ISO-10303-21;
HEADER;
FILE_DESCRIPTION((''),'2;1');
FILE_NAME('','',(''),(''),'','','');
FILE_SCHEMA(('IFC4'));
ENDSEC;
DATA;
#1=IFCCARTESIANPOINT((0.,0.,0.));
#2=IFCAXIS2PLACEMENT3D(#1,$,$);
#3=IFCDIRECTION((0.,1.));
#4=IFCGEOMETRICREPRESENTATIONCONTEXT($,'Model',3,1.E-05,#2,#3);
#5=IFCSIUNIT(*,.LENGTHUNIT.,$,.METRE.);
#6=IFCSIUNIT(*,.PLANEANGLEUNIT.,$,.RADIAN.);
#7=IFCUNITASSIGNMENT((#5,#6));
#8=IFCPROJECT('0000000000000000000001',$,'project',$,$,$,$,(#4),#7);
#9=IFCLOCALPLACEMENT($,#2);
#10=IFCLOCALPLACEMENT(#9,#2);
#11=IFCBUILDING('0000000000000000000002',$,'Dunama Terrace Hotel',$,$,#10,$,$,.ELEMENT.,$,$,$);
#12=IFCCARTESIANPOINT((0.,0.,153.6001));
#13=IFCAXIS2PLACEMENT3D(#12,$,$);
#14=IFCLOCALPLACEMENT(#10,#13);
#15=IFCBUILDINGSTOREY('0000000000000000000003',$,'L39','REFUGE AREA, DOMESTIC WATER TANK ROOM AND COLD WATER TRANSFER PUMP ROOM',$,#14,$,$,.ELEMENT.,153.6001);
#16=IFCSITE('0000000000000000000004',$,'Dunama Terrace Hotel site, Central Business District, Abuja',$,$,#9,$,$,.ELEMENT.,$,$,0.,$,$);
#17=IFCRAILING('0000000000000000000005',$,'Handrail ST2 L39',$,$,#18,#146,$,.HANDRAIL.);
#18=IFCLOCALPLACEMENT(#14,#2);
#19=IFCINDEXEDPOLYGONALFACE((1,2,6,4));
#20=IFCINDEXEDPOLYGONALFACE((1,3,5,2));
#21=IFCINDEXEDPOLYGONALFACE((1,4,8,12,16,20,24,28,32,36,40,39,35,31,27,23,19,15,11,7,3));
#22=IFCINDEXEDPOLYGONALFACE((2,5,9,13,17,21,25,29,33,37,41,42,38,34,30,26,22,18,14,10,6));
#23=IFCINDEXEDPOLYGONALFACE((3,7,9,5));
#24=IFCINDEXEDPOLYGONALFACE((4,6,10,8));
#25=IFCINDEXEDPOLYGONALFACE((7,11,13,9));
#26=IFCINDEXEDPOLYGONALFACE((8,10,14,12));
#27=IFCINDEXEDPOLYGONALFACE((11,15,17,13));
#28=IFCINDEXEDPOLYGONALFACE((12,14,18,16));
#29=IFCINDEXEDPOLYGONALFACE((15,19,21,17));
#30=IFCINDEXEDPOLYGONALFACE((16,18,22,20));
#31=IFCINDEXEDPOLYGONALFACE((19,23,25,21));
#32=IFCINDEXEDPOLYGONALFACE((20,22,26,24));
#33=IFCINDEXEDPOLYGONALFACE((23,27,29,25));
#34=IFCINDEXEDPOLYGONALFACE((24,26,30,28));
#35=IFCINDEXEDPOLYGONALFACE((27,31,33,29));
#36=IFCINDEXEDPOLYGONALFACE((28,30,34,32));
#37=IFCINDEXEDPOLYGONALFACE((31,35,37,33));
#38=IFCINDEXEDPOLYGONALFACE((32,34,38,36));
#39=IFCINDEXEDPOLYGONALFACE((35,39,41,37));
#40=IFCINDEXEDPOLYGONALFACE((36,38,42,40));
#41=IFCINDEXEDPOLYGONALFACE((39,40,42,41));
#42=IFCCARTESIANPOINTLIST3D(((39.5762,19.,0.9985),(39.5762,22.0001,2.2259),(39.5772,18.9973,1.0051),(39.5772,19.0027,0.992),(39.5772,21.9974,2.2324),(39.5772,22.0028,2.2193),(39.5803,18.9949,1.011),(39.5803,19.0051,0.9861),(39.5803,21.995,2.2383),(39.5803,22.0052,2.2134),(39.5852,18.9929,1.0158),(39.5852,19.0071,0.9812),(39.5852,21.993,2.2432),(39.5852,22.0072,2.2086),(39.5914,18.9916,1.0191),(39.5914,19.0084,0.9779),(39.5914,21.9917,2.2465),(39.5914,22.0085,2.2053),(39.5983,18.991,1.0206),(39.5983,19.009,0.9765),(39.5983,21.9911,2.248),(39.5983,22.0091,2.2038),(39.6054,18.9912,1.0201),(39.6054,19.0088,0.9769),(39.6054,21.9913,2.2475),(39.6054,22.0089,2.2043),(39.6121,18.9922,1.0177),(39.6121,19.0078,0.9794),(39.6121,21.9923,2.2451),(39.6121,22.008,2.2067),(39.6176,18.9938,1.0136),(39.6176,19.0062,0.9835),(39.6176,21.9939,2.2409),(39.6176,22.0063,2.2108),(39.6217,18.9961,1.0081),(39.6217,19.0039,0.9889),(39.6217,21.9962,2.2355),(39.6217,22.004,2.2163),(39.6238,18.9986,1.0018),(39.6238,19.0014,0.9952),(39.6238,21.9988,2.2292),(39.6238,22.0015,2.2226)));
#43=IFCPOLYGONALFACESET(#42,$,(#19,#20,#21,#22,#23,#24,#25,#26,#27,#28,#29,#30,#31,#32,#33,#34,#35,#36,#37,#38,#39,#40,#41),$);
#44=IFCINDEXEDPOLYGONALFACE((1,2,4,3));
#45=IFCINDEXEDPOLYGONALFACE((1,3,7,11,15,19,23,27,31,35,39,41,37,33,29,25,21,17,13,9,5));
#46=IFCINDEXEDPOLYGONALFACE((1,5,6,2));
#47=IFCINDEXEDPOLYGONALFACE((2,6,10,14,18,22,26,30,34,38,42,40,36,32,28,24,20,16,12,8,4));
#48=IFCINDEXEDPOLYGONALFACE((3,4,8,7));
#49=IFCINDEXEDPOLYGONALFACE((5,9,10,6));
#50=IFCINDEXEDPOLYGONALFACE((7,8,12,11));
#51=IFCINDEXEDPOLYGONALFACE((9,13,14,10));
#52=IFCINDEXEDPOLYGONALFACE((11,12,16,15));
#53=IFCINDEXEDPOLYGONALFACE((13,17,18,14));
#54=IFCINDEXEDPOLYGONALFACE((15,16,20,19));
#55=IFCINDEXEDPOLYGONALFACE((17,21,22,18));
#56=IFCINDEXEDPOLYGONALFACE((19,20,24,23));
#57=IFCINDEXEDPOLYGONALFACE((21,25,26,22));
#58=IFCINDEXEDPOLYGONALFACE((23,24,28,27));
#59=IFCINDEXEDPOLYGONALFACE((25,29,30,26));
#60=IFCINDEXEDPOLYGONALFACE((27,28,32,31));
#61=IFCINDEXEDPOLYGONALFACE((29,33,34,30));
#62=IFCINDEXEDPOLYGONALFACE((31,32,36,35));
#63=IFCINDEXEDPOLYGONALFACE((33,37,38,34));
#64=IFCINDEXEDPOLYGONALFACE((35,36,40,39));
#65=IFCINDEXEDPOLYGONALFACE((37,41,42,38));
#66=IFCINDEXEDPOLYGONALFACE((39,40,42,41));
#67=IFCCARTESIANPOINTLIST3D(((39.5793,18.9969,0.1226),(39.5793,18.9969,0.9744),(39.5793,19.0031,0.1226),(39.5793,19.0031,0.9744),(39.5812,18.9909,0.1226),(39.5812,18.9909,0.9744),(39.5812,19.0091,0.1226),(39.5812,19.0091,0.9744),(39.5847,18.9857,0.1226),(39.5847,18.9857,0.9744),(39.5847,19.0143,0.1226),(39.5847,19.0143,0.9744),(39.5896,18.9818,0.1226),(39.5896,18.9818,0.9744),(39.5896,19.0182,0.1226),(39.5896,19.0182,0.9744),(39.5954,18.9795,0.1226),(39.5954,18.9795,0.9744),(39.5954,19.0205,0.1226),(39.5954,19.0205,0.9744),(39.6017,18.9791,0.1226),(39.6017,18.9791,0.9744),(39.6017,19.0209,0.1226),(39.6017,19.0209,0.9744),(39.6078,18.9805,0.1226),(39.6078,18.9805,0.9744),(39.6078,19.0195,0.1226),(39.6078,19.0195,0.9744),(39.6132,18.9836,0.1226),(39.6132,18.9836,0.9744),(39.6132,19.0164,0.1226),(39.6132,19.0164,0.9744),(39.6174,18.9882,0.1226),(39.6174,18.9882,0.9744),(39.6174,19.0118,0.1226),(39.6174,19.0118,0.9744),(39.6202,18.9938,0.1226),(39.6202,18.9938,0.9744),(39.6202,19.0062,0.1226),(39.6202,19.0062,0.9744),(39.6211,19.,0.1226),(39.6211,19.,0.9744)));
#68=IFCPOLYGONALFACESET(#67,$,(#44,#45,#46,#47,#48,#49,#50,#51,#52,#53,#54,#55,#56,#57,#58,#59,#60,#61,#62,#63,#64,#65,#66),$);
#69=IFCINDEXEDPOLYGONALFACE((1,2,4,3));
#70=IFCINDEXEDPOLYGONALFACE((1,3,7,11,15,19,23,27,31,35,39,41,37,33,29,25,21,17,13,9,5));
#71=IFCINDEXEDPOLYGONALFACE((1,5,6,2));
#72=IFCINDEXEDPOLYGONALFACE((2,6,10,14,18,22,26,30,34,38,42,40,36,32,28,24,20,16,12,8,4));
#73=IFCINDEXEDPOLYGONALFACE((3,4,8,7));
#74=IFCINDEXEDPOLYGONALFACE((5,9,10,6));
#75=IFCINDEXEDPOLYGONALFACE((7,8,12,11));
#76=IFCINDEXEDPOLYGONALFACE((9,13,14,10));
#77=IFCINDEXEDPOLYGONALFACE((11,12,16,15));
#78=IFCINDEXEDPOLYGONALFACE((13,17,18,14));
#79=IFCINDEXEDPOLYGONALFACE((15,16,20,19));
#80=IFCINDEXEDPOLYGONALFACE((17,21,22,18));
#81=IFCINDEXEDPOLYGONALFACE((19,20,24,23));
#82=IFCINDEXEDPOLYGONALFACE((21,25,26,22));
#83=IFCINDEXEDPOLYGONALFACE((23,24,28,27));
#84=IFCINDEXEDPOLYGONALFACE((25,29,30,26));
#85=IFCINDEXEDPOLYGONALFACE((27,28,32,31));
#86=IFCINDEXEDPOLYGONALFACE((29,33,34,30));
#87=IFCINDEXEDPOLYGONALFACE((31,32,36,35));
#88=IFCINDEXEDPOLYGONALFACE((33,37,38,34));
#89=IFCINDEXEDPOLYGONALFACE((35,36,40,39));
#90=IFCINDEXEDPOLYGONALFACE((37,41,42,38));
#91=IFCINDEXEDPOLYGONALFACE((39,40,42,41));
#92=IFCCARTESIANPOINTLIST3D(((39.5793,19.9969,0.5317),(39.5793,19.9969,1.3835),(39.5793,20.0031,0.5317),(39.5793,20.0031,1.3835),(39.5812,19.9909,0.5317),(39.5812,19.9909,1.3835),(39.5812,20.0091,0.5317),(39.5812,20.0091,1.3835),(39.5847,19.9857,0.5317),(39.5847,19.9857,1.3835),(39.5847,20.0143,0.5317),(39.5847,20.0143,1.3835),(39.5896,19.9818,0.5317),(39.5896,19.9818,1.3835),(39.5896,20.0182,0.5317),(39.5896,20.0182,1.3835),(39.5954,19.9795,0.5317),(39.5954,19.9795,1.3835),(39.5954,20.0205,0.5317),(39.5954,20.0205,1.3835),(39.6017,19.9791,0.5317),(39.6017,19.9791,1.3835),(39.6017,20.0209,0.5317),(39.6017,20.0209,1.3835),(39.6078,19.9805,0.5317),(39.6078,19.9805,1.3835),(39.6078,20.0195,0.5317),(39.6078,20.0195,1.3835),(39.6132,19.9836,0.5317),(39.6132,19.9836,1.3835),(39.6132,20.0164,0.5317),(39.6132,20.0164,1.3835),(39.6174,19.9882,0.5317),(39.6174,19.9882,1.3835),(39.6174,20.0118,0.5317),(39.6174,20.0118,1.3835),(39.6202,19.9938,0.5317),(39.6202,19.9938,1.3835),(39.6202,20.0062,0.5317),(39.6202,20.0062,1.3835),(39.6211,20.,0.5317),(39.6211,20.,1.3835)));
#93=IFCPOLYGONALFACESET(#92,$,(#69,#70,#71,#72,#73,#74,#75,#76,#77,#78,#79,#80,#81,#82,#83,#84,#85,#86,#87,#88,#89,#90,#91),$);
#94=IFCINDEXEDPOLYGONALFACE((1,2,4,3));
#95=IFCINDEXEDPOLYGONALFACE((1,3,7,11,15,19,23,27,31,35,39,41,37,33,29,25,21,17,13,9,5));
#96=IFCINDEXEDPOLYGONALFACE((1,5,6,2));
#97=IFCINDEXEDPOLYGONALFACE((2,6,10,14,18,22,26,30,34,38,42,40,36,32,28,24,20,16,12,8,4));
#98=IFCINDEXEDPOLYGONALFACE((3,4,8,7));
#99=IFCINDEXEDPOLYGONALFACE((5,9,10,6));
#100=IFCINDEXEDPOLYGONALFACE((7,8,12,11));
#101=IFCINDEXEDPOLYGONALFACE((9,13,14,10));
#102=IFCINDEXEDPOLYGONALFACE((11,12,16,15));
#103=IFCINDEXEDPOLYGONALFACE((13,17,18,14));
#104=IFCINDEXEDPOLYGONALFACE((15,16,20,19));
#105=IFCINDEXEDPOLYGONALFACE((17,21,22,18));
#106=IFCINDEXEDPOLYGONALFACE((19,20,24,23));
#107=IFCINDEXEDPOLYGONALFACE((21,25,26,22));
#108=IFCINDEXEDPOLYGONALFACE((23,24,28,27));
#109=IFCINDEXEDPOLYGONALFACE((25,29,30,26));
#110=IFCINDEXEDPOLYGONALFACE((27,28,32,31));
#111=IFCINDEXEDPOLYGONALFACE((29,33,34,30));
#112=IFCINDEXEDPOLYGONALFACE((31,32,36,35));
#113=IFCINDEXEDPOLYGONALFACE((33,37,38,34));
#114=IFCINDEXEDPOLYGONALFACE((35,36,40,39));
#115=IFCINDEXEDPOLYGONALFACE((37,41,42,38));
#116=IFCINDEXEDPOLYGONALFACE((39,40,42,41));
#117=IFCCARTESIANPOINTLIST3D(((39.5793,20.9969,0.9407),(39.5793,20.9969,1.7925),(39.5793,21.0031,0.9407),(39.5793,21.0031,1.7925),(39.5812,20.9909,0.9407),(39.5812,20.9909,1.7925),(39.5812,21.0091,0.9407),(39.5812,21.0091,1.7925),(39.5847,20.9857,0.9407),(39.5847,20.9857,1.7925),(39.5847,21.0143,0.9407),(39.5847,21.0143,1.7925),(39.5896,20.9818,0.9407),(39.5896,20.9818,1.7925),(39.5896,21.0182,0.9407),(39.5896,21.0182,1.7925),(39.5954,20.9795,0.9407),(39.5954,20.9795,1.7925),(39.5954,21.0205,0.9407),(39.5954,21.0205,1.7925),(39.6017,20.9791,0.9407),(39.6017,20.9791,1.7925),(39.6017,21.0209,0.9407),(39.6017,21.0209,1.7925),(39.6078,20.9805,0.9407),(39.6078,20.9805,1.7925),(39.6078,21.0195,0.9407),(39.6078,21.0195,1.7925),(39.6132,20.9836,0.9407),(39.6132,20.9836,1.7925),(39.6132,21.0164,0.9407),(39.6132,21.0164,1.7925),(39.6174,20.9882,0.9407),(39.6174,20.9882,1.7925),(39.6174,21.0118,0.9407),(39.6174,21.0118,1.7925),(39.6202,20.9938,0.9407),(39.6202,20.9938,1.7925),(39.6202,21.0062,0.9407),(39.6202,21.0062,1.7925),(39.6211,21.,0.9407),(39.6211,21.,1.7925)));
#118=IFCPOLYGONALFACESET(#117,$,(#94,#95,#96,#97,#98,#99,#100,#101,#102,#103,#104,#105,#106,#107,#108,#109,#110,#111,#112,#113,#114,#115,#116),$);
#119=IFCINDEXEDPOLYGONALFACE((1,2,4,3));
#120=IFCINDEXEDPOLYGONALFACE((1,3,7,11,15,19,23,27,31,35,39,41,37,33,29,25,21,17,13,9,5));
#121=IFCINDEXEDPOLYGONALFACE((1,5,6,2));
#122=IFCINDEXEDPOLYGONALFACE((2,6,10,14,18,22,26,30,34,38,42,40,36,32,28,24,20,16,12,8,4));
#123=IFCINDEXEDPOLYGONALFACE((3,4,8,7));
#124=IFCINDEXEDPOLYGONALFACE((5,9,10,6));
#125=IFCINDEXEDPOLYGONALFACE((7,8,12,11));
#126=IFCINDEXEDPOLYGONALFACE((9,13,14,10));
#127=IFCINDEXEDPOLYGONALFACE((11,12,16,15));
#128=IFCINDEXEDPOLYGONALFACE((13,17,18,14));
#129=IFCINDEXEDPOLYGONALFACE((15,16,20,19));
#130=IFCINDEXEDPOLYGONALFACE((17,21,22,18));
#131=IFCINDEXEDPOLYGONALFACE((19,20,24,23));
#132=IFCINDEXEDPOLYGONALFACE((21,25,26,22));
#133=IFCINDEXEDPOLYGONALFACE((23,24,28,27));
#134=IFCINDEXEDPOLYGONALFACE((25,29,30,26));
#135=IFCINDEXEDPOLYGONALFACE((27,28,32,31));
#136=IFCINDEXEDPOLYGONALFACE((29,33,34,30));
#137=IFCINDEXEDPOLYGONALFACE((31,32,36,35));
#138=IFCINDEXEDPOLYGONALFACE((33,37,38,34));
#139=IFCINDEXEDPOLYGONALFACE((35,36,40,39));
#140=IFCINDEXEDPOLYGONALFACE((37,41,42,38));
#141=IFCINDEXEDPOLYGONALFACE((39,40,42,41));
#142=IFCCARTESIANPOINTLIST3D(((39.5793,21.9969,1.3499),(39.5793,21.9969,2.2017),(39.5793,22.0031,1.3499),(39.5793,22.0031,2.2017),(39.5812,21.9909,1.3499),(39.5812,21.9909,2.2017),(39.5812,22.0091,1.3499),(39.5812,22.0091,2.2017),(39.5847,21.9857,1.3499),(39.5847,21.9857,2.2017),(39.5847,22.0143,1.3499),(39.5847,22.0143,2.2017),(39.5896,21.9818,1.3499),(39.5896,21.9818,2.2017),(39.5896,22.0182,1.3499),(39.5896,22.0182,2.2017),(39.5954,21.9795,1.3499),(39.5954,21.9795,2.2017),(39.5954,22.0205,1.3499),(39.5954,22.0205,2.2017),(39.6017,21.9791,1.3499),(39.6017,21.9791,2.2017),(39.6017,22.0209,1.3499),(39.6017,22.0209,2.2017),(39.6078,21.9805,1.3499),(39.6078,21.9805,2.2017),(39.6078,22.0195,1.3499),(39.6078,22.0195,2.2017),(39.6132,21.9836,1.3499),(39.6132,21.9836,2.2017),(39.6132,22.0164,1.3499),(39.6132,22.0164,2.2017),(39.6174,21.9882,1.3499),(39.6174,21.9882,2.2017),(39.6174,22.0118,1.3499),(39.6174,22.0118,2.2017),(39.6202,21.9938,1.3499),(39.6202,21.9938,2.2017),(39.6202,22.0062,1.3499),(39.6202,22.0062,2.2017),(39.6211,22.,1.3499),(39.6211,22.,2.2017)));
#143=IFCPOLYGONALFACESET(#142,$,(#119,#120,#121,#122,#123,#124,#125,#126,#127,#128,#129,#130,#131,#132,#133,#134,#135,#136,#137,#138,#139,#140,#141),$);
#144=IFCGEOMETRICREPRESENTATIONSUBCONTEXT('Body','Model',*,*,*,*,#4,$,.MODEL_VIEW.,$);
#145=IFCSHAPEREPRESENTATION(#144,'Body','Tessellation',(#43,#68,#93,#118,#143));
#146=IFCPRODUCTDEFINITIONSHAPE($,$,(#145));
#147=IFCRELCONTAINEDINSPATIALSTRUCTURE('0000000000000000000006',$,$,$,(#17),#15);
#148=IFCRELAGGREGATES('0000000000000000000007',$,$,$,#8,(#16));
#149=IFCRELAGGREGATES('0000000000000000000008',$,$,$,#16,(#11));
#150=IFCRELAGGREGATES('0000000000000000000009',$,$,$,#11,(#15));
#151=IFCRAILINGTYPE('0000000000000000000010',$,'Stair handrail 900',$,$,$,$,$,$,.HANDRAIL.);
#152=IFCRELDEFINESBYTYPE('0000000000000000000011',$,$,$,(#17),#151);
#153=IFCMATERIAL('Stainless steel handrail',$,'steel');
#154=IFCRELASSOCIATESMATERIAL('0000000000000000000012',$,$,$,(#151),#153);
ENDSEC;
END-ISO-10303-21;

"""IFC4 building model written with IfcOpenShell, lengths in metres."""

from ifc_helpers import new_model, si_unit, direction, frame, origin, origin_2d, place, context, subcontext, project, spatial, circle, extrude, material, type_object, element, save


model = new_model("IFC4")

# Units and contexts
model_context = context("Model", 3, precision=1e-05, world=origin(), true_north=direction((0.0, 1.0)))
body_context = subcontext(model_context, "Body", "Model", "MODEL_VIEW")
ifc_project = project(units=[si_unit("LENGTHUNIT", "METRE"), si_unit("PLANEANGLEUNIT", "RADIAN")], contexts=[model_context])

# Site, building, storey
site_placement = place(None, origin())
site = spatial("IfcSite", under=ifc_project, at=site_placement, Name="Dunama Terrace Hotel site, Central Business District, Abuja", CompositionType="ELEMENT", RefElevation=0.0)
building_placement = place(site_placement, origin())
building = spatial("IfcBuilding", under=site, at=building_placement, Name="Dunama Terrace Hotel", CompositionType="ELEMENT")
storey_placement = place(building_placement, frame((0.0, 0.0, 153.6001)))
storey = spatial("IfcBuildingStorey", under=building, at=storey_placement, Name="L39", Description="REFUGE AREA, DOMESTIC WATER TANK ROOM AND COLD WATER TRANSFER PUMP ROOM", CompositionType="ELEMENT", Elevation=153.6001)

# Railing
ifc_material_1 = material(Name="Stainless steel handrail", Category="steel")
railing_type = type_object("IfcRailingType", Name="Stair handrail 900", PredefinedType="HANDRAIL", material=ifc_material_1)
railing_1_placement = place(storey_placement, frame((39.6001, 19.0, 0.1226)))
element("IfcRailing", 1, at=railing_1_placement, inside=storey, type_object=railing_type, Name="Handrail ST2 L39", PredefinedType="HANDRAIL", context=body_context, shape_type="SweptSolid", body=[
    extrude(circle(Radius=0.0239, at=origin_2d()), frame((0.0, 0.0, 0.876), z_axis=(0.0, 0.925545, 0.378639), x_axis=(-1.0, 0.0, 0.0)), (0.0, 0.0, 1.0), 3.2415),
    extrude(circle(Radius=0.021, at=origin_2d()), origin(), (0.0, 0.0, 1.0), 0.8518),
    extrude(circle(Radius=0.021, at=origin_2d()), frame((0.0, 1.0, 0.4092)), (0.0, 0.0, 1.0), 0.8518),
    extrude(circle(Radius=0.021, at=origin_2d()), frame((0.0, 2.0, 0.8181)), (0.0, 0.0, 1.0), 0.8518),
    extrude(circle(Radius=0.021, at=origin_2d()), frame((0.0, 3.0, 1.2273)), (0.0, 0.0, 1.0), 0.8518),
])

save(model, "model.ifc")
